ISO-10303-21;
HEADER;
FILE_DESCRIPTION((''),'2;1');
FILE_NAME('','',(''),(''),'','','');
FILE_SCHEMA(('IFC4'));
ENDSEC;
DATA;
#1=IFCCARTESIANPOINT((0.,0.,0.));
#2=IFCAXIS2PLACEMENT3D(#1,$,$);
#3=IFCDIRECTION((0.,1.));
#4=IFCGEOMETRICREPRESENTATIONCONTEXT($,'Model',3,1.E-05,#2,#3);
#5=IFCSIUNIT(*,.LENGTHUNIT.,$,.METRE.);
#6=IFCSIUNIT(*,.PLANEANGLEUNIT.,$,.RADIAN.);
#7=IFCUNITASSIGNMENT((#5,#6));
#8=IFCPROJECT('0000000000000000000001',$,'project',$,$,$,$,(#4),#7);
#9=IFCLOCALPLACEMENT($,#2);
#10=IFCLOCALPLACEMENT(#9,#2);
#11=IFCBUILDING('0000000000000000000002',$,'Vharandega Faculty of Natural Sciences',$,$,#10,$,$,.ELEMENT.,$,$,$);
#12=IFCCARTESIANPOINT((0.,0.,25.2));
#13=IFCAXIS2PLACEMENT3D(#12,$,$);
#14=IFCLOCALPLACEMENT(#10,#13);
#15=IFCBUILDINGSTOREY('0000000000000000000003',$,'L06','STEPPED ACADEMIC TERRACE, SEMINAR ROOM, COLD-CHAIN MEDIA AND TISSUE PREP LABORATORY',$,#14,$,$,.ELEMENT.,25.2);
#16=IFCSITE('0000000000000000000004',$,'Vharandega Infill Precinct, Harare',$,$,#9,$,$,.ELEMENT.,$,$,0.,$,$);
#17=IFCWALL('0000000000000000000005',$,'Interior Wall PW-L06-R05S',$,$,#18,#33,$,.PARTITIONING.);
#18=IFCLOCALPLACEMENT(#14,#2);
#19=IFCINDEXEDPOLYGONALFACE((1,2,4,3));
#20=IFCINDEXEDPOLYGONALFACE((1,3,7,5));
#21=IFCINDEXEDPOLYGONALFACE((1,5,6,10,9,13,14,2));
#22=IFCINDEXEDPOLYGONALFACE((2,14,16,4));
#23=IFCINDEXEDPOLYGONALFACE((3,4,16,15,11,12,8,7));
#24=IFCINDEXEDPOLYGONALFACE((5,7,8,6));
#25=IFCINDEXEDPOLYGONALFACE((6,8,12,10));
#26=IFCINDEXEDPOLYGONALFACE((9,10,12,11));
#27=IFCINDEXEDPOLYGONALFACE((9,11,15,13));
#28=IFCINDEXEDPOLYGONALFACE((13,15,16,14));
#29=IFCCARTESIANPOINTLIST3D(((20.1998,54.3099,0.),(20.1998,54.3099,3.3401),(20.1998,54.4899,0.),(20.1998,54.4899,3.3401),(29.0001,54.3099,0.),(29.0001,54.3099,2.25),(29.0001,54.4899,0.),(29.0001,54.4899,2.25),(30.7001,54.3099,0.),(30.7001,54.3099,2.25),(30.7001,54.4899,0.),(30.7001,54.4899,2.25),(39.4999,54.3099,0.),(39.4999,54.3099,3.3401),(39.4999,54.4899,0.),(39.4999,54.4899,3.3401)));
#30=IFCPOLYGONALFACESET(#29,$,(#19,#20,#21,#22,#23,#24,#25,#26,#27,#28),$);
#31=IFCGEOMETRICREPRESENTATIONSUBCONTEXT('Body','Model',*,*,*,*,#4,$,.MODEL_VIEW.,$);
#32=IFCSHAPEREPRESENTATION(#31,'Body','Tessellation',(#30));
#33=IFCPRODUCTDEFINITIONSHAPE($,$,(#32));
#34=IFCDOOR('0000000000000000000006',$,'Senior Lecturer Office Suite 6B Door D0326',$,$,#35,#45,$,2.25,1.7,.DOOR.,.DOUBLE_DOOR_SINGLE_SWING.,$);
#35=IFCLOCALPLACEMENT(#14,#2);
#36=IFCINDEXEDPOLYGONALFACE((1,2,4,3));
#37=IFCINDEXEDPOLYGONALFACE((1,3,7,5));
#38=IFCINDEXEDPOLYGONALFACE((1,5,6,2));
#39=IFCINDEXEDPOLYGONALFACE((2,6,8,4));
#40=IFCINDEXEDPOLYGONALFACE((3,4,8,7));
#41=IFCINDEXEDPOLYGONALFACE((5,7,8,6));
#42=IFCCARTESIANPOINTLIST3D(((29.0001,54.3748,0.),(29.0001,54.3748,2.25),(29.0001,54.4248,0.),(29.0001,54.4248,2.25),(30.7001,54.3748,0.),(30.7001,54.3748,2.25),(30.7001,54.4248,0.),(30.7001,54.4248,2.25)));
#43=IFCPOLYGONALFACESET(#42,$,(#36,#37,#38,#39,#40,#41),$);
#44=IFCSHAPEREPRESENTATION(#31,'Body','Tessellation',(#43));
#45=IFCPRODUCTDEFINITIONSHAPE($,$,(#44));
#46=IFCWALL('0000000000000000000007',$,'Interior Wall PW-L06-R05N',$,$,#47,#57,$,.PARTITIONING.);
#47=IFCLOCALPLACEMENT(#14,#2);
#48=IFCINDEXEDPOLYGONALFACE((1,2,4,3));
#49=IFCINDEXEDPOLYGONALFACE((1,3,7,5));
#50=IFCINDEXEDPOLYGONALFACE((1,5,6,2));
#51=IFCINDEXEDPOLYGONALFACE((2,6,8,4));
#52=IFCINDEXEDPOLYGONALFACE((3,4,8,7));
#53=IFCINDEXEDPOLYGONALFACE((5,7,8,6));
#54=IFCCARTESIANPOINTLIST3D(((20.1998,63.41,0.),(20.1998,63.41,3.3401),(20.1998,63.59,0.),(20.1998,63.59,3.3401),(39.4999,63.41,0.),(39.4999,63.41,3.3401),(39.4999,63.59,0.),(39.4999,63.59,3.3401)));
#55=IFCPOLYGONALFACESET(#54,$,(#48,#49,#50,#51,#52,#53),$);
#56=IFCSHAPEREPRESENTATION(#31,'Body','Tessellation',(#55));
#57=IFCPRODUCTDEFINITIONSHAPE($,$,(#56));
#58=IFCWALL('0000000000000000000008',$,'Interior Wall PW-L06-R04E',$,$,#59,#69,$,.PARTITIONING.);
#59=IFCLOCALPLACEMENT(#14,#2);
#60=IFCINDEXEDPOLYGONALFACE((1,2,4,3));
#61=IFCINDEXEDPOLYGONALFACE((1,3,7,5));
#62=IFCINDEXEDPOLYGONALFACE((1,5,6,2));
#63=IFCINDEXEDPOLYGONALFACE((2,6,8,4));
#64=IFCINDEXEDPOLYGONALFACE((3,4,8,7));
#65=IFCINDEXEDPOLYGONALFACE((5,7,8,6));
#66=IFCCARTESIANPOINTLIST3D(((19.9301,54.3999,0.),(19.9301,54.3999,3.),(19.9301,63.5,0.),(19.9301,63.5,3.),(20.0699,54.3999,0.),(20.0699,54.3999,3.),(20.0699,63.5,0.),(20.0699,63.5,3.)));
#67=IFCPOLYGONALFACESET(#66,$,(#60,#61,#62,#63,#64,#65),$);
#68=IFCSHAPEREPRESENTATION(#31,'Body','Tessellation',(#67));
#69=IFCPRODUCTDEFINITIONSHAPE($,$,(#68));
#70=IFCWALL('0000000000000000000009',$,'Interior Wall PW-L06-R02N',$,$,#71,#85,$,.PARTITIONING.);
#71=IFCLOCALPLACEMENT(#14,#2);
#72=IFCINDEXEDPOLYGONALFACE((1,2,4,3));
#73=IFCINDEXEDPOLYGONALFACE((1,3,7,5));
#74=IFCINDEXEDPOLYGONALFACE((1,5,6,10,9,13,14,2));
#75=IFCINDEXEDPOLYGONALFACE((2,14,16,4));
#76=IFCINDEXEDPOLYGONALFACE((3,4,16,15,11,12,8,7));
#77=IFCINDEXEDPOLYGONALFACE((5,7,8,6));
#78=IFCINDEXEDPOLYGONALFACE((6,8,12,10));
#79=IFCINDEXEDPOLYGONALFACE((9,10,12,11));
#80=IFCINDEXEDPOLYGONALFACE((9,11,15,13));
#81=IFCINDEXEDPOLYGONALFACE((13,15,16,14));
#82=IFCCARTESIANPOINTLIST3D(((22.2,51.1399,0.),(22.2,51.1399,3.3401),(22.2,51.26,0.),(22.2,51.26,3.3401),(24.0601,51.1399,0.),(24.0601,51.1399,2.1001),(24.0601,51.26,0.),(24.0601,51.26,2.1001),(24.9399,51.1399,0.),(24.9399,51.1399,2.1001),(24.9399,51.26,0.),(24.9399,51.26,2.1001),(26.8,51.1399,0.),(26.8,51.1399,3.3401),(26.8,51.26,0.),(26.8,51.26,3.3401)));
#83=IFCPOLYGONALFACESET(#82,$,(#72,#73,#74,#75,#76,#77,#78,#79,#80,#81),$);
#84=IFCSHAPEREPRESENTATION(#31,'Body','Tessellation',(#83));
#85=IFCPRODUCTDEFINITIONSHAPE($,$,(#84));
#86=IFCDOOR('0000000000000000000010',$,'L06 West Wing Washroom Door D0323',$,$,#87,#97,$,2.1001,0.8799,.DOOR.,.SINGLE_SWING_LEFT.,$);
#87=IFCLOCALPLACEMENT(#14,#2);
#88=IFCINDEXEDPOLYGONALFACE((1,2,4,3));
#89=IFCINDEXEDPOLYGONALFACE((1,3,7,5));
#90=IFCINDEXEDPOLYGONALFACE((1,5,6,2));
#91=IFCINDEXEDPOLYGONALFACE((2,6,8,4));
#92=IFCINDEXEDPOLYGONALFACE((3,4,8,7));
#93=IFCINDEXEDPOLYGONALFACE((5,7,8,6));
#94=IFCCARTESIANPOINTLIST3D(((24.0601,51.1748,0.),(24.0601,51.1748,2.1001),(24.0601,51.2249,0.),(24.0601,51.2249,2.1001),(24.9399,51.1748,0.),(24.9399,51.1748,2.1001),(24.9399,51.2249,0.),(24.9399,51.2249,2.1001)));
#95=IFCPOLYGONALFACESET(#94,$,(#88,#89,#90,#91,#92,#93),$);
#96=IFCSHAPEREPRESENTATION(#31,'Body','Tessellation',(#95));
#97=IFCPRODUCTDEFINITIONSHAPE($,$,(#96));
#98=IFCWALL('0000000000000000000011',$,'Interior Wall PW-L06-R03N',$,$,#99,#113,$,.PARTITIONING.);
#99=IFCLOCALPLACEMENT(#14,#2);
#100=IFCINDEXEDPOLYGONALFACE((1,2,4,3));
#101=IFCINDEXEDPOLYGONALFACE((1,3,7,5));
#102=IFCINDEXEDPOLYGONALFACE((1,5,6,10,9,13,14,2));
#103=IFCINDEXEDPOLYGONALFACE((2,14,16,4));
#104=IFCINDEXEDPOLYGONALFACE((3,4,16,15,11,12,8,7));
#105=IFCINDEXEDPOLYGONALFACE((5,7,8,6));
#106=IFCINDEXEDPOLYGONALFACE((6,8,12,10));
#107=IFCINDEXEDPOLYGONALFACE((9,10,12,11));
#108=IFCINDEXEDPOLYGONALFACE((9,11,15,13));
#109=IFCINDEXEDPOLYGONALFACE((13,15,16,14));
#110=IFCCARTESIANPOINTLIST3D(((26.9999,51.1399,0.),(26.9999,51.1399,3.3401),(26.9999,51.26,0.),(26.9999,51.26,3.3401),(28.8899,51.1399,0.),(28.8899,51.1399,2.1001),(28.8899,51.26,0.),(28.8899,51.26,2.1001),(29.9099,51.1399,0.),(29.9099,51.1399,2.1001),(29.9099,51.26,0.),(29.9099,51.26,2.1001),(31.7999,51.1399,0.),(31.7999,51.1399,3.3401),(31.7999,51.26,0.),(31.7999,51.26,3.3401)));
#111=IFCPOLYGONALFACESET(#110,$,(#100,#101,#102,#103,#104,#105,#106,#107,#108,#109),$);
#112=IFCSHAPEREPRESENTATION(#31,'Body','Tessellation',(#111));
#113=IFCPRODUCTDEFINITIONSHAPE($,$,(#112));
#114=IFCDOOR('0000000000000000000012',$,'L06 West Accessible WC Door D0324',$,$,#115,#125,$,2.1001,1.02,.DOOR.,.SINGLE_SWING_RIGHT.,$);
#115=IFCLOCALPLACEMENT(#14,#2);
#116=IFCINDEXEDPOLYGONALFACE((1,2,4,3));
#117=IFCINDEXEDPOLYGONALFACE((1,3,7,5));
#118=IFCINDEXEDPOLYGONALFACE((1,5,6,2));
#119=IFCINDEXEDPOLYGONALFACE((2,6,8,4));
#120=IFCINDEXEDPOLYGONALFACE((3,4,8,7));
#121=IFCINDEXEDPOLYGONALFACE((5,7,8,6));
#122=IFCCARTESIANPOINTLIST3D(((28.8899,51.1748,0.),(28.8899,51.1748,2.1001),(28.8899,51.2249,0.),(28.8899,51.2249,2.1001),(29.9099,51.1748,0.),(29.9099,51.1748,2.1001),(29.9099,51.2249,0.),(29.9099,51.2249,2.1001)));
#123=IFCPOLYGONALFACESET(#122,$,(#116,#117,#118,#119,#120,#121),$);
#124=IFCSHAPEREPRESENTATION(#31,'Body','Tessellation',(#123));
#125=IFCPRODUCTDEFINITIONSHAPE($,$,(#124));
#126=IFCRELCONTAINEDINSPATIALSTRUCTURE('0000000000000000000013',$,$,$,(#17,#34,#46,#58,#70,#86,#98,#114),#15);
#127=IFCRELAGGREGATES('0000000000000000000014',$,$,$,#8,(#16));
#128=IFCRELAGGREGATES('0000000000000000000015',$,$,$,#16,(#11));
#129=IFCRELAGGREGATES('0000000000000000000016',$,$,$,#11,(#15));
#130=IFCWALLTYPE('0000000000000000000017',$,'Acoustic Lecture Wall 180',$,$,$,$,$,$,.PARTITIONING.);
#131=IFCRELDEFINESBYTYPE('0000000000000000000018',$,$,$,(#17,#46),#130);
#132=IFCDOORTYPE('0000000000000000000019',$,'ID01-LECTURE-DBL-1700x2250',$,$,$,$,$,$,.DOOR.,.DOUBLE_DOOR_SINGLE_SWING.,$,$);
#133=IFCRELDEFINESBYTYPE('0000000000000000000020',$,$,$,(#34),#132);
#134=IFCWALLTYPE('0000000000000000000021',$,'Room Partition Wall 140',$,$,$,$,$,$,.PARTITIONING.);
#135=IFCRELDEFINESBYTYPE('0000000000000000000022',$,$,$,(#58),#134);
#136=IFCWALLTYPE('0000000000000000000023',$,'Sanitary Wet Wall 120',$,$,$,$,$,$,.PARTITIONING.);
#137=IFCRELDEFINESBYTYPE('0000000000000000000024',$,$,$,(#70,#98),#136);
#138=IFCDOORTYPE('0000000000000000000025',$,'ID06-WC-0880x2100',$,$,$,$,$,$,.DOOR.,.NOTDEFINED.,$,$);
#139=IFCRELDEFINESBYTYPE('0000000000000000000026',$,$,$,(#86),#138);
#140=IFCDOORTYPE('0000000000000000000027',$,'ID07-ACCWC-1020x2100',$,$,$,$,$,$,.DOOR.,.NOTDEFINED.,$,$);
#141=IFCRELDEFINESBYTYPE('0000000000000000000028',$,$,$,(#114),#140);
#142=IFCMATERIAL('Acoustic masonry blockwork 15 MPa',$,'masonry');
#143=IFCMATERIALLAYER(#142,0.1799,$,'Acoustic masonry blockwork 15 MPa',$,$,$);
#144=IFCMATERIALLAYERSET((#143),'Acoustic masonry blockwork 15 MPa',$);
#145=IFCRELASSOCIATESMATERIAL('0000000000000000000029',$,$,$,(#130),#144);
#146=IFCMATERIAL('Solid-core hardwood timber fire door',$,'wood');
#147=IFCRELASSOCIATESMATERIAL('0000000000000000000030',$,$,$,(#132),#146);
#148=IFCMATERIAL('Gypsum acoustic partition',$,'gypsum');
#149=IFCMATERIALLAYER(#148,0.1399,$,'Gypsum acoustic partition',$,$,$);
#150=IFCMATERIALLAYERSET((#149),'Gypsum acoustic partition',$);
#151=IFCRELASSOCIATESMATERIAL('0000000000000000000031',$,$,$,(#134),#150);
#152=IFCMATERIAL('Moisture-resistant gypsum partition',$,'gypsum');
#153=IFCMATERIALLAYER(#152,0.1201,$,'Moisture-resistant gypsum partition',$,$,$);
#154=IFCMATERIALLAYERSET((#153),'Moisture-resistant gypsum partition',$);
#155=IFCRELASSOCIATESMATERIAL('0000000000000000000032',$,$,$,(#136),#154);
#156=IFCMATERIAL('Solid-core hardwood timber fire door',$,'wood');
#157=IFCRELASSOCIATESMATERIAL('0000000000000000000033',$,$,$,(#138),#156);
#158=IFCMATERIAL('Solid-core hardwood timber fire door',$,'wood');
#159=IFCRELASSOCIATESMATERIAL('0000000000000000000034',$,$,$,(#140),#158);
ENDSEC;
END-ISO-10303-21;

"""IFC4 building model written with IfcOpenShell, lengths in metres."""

from ifc_helpers import new_model, si_unit, direction, frame, frame_2d, origin, place, context, subcontext, project, spatial, rectangle, extrude, material, layer, layer_set, type_object, element, fill, save


model = new_model("IFC4")

# Units and contexts
model_context = context("Model", 3, precision=1e-05, world=origin(), true_north=direction((0.0, 1.0)))
body_context = subcontext(model_context, "Body", "Model", "MODEL_VIEW")
ifc_project = project(units=[si_unit("LENGTHUNIT", "METRE"), si_unit("PLANEANGLEUNIT", "RADIAN")], contexts=[model_context])

# Site, building, storey
site_placement = place(None, origin())
site = spatial("IfcSite", under=ifc_project, at=site_placement, Name="Vharandega Infill Precinct, Harare", CompositionType="ELEMENT", RefElevation=0.0)
building_placement = place(site_placement, origin())
building = spatial("IfcBuilding", under=site, at=building_placement, Name="Vharandega Faculty of Natural Sciences", CompositionType="ELEMENT")
storey_placement = place(building_placement, frame((0.0, 0.0, 25.2)))
storey = spatial("IfcBuildingStorey", under=building, at=storey_placement, Name="L06", Description="STEPPED ACADEMIC TERRACE, SEMINAR ROOM, COLD-CHAIN MEDIA AND TISSUE PREP LABORATORY", CompositionType="ELEMENT", Elevation=25.2)

# Wall, opening, door
ifc_material_1 = material(Name="Acoustic masonry blockwork 15 MPa", Category="masonry")
ifc_layer_1 = layer(ifc_material_1, 0.1799, Name="Acoustic masonry blockwork 15 MPa")
ifc_layer_set_1 = layer_set([ifc_layer_1], Name="Acoustic masonry blockwork 15 MPa")
wall_type_1 = type_object("IfcWallType", Name="Acoustic Lecture Wall 180", PredefinedType="PARTITIONING", material=ifc_layer_set_1)
wall_1_placement = place(storey_placement, frame((20.2, 54.3999, 0.0), z_axis=(0.0, 0.0, 1.0), x_axis=(1.0, 0.0, 0.0)))
wall_1 = element("IfcWall", 1, at=wall_1_placement, inside=storey, type_object=wall_type_1, Name="Interior Wall PW-L06-R05S", PredefinedType="PARTITIONING", context=body_context, shape_type="SweptSolid", body=[
    extrude(rectangle(XDim=19.3, YDim=0.1799, at=frame_2d((9.6499, 0.0))), origin(), (0.0, 0.0, 1.0), 3.3401),
])
opening_1_placement = place(wall_1_placement, frame((8.8, 0.0, 0.0)))
opening_1 = element("IfcOpeningElement", 2, at=opening_1_placement, cuts=wall_1, PredefinedType="OPENING", context=body_context, shape_type="SweptSolid", body=[
    extrude(rectangle(XDim=1.7, YDim=2.25, at=frame_2d((0.8501, 1.125))), frame((0.0, 0.1001, 0.0), z_axis=(0.0, -1.0, 0.0), x_axis=(1.0, 0.0, 0.0)), (0.0, 0.0, 1.0), 0.2),
])
ifc_material_2 = material(Name="Solid-core hardwood timber fire door", Category="wood")
door_type_1 = type_object("IfcDoorType", Name="ID01-LECTURE-DBL-1700x2250", OperationType="DOUBLE_DOOR_SINGLE_SWING", PredefinedType="DOOR", material=ifc_material_2)
door_1_placement = place(opening_1_placement, origin())
door_1 = element("IfcDoor", 3, at=door_1_placement, inside=storey, type_object=door_type_1, Name="Senior Lecturer Office Suite 6B Door D0326", OperationType="DOUBLE_DOOR_SINGLE_SWING", OverallHeight=2.25, OverallWidth=1.7, PredefinedType="DOOR", context=body_context, shape_type="SweptSolid", body=[
    extrude(rectangle(XDim=1.7, YDim=2.25, at=frame_2d((0.8501, 1.125))), frame((0.0, 0.0249, 0.0), z_axis=(0.0, -1.0, 0.0), x_axis=(1.0, 0.0, 0.0)), (0.0, 0.0, 1.0), 0.05),
])
fill(opening_1, door_1)

# Walls
wall_2_placement = place(storey_placement, frame((20.2, 63.5, 0.0), z_axis=(0.0, 0.0, 1.0), x_axis=(1.0, 0.0, 0.0)))
element("IfcWall", 4, at=wall_2_placement, inside=storey, type_object=wall_type_1, Name="Interior Wall PW-L06-R05N", PredefinedType="PARTITIONING", context=body_context, shape_type="SweptSolid", body=[
    extrude(rectangle(XDim=19.3, YDim=0.1799, at=frame_2d((9.6499, 0.0))), origin(), (0.0, 0.0, 1.0), 3.3401),
])
ifc_material_3 = material(Name="Gypsum acoustic partition", Category="gypsum")
ifc_layer_2 = layer(ifc_material_3, 0.1399, Name="Gypsum acoustic partition")
ifc_layer_set_2 = layer_set([ifc_layer_2], Name="Gypsum acoustic partition")
wall_type_2 = type_object("IfcWallType", Name="Room Partition Wall 140", PredefinedType="PARTITIONING", material=ifc_layer_set_2)
wall_3_placement = place(storey_placement, frame((20.0, 54.3999, 0.0), z_axis=(0.0, 0.0, 1.0), x_axis=(0.0, 1.0, 0.0)))
element("IfcWall", 5, at=wall_3_placement, inside=storey, type_object=wall_type_2, Name="Interior Wall PW-L06-R04E", PredefinedType="PARTITIONING", context=body_context, shape_type="SweptSolid", body=[
    extrude(rectangle(XDim=9.1001, YDim=0.1399, at=frame_2d((4.55, 0.0))), origin(), (0.0, 0.0, 1.0), 3.0),
])

# Walls, openings, doors
ifc_material_4 = material(Name="Moisture-resistant gypsum partition", Category="gypsum")
ifc_layer_3 = layer(ifc_material_4, 0.1201, Name="Moisture-resistant gypsum partition")
ifc_layer_set_3 = layer_set([ifc_layer_3], Name="Moisture-resistant gypsum partition")
wall_type_3 = type_object("IfcWallType", Name="Sanitary Wet Wall 120", PredefinedType="PARTITIONING", material=ifc_layer_set_3)
wall_4_placement = place(storey_placement, frame((22.2, 51.2, 0.0), z_axis=(0.0, 0.0, 1.0), x_axis=(1.0, 0.0, 0.0)))
wall_4 = element("IfcWall", 6, at=wall_4_placement, inside=storey, type_object=wall_type_3, Name="Interior Wall PW-L06-R02N", PredefinedType="PARTITIONING", context=body_context, shape_type="SweptSolid", body=[
    extrude(rectangle(XDim=4.6001, YDim=0.1201, at=frame_2d((2.3, 0.0))), origin(), (0.0, 0.0, 1.0), 3.3401),
])
opening_2_placement = place(wall_4_placement, frame((1.8601, 0.0, 0.0)))
opening_2 = element("IfcOpeningElement", 7, at=opening_2_placement, cuts=wall_4, PredefinedType="OPENING", context=body_context, shape_type="SweptSolid", body=[
    extrude(rectangle(XDim=0.8799, YDim=2.1001, at=frame_2d((0.4399, 1.05))), frame((0.0, 0.0701, 0.0), z_axis=(0.0, -1.0, 0.0), x_axis=(1.0, 0.0, 0.0)), (0.0, 0.0, 1.0), 0.1401),
])
ifc_material_5 = material(Name="Solid-core hardwood timber fire door", Category="wood")
door_type_2 = type_object("IfcDoorType", Name="ID06-WC-0880x2100", OperationType="NOTDEFINED", PredefinedType="DOOR", material=ifc_material_5)
door_2_placement = place(opening_2_placement, origin())
door_2 = element("IfcDoor", 8, at=door_2_placement, inside=storey, type_object=door_type_2, Name="L06 West Wing Washroom Door D0323", OperationType="SINGLE_SWING_LEFT", OverallHeight=2.1001, OverallWidth=0.8799, PredefinedType="DOOR", context=body_context, shape_type="SweptSolid", body=[
    extrude(rectangle(XDim=0.8799, YDim=2.1001, at=frame_2d((0.4399, 1.05))), frame((0.0, 0.0249, 0.0), z_axis=(0.0, -1.0, 0.0), x_axis=(1.0, 0.0, 0.0)), (0.0, 0.0, 1.0), 0.05),
])
fill(opening_2, door_2)
wall_5_placement = place(storey_placement, frame((27.0, 51.2, 0.0), z_axis=(0.0, 0.0, 1.0), x_axis=(1.0, 0.0, 0.0)))
wall_5 = element("IfcWall", 9, at=wall_5_placement, inside=storey, type_object=wall_type_3, Name="Interior Wall PW-L06-R03N", PredefinedType="PARTITIONING", context=body_context, shape_type="SweptSolid", body=[
    extrude(rectangle(XDim=4.8, YDim=0.1201, at=frame_2d((2.3999, 0.0))), origin(), (0.0, 0.0, 1.0), 3.3401),
])
opening_3_placement = place(wall_5_placement, frame((1.8899, 0.0, 0.0)))
opening_3 = element("IfcOpeningElement", 10, at=opening_3_placement, cuts=wall_5, PredefinedType="OPENING", context=body_context, shape_type="SweptSolid", body=[
    extrude(rectangle(XDim=1.02, YDim=2.1001, at=frame_2d((0.51, 1.05))), frame((0.0, 0.0701, 0.0), z_axis=(0.0, -1.0, 0.0), x_axis=(1.0, 0.0, 0.0)), (0.0, 0.0, 1.0), 0.1401),
])
ifc_material_6 = material(Name="Solid-core hardwood timber fire door", Category="wood")
door_type_3 = type_object("IfcDoorType", Name="ID07-ACCWC-1020x2100", OperationType="NOTDEFINED", PredefinedType="DOOR", material=ifc_material_6)
door_3_placement = place(opening_3_placement, origin())
door_3 = element("IfcDoor", 11, at=door_3_placement, inside=storey, type_object=door_type_3, Name="L06 West Accessible WC Door D0324", OperationType="SINGLE_SWING_RIGHT", OverallHeight=2.1001, OverallWidth=1.02, PredefinedType="DOOR", context=body_context, shape_type="SweptSolid", body=[
    extrude(rectangle(XDim=1.02, YDim=2.1001, at=frame_2d((0.51, 1.05))), frame((0.0, 0.0249, 0.0), z_axis=(0.0, -1.0, 0.0), x_axis=(1.0, 0.0, 0.0)), (0.0, 0.0, 1.0), 0.05),
])
fill(opening_3, door_3)

save(model, "model.ifc")
